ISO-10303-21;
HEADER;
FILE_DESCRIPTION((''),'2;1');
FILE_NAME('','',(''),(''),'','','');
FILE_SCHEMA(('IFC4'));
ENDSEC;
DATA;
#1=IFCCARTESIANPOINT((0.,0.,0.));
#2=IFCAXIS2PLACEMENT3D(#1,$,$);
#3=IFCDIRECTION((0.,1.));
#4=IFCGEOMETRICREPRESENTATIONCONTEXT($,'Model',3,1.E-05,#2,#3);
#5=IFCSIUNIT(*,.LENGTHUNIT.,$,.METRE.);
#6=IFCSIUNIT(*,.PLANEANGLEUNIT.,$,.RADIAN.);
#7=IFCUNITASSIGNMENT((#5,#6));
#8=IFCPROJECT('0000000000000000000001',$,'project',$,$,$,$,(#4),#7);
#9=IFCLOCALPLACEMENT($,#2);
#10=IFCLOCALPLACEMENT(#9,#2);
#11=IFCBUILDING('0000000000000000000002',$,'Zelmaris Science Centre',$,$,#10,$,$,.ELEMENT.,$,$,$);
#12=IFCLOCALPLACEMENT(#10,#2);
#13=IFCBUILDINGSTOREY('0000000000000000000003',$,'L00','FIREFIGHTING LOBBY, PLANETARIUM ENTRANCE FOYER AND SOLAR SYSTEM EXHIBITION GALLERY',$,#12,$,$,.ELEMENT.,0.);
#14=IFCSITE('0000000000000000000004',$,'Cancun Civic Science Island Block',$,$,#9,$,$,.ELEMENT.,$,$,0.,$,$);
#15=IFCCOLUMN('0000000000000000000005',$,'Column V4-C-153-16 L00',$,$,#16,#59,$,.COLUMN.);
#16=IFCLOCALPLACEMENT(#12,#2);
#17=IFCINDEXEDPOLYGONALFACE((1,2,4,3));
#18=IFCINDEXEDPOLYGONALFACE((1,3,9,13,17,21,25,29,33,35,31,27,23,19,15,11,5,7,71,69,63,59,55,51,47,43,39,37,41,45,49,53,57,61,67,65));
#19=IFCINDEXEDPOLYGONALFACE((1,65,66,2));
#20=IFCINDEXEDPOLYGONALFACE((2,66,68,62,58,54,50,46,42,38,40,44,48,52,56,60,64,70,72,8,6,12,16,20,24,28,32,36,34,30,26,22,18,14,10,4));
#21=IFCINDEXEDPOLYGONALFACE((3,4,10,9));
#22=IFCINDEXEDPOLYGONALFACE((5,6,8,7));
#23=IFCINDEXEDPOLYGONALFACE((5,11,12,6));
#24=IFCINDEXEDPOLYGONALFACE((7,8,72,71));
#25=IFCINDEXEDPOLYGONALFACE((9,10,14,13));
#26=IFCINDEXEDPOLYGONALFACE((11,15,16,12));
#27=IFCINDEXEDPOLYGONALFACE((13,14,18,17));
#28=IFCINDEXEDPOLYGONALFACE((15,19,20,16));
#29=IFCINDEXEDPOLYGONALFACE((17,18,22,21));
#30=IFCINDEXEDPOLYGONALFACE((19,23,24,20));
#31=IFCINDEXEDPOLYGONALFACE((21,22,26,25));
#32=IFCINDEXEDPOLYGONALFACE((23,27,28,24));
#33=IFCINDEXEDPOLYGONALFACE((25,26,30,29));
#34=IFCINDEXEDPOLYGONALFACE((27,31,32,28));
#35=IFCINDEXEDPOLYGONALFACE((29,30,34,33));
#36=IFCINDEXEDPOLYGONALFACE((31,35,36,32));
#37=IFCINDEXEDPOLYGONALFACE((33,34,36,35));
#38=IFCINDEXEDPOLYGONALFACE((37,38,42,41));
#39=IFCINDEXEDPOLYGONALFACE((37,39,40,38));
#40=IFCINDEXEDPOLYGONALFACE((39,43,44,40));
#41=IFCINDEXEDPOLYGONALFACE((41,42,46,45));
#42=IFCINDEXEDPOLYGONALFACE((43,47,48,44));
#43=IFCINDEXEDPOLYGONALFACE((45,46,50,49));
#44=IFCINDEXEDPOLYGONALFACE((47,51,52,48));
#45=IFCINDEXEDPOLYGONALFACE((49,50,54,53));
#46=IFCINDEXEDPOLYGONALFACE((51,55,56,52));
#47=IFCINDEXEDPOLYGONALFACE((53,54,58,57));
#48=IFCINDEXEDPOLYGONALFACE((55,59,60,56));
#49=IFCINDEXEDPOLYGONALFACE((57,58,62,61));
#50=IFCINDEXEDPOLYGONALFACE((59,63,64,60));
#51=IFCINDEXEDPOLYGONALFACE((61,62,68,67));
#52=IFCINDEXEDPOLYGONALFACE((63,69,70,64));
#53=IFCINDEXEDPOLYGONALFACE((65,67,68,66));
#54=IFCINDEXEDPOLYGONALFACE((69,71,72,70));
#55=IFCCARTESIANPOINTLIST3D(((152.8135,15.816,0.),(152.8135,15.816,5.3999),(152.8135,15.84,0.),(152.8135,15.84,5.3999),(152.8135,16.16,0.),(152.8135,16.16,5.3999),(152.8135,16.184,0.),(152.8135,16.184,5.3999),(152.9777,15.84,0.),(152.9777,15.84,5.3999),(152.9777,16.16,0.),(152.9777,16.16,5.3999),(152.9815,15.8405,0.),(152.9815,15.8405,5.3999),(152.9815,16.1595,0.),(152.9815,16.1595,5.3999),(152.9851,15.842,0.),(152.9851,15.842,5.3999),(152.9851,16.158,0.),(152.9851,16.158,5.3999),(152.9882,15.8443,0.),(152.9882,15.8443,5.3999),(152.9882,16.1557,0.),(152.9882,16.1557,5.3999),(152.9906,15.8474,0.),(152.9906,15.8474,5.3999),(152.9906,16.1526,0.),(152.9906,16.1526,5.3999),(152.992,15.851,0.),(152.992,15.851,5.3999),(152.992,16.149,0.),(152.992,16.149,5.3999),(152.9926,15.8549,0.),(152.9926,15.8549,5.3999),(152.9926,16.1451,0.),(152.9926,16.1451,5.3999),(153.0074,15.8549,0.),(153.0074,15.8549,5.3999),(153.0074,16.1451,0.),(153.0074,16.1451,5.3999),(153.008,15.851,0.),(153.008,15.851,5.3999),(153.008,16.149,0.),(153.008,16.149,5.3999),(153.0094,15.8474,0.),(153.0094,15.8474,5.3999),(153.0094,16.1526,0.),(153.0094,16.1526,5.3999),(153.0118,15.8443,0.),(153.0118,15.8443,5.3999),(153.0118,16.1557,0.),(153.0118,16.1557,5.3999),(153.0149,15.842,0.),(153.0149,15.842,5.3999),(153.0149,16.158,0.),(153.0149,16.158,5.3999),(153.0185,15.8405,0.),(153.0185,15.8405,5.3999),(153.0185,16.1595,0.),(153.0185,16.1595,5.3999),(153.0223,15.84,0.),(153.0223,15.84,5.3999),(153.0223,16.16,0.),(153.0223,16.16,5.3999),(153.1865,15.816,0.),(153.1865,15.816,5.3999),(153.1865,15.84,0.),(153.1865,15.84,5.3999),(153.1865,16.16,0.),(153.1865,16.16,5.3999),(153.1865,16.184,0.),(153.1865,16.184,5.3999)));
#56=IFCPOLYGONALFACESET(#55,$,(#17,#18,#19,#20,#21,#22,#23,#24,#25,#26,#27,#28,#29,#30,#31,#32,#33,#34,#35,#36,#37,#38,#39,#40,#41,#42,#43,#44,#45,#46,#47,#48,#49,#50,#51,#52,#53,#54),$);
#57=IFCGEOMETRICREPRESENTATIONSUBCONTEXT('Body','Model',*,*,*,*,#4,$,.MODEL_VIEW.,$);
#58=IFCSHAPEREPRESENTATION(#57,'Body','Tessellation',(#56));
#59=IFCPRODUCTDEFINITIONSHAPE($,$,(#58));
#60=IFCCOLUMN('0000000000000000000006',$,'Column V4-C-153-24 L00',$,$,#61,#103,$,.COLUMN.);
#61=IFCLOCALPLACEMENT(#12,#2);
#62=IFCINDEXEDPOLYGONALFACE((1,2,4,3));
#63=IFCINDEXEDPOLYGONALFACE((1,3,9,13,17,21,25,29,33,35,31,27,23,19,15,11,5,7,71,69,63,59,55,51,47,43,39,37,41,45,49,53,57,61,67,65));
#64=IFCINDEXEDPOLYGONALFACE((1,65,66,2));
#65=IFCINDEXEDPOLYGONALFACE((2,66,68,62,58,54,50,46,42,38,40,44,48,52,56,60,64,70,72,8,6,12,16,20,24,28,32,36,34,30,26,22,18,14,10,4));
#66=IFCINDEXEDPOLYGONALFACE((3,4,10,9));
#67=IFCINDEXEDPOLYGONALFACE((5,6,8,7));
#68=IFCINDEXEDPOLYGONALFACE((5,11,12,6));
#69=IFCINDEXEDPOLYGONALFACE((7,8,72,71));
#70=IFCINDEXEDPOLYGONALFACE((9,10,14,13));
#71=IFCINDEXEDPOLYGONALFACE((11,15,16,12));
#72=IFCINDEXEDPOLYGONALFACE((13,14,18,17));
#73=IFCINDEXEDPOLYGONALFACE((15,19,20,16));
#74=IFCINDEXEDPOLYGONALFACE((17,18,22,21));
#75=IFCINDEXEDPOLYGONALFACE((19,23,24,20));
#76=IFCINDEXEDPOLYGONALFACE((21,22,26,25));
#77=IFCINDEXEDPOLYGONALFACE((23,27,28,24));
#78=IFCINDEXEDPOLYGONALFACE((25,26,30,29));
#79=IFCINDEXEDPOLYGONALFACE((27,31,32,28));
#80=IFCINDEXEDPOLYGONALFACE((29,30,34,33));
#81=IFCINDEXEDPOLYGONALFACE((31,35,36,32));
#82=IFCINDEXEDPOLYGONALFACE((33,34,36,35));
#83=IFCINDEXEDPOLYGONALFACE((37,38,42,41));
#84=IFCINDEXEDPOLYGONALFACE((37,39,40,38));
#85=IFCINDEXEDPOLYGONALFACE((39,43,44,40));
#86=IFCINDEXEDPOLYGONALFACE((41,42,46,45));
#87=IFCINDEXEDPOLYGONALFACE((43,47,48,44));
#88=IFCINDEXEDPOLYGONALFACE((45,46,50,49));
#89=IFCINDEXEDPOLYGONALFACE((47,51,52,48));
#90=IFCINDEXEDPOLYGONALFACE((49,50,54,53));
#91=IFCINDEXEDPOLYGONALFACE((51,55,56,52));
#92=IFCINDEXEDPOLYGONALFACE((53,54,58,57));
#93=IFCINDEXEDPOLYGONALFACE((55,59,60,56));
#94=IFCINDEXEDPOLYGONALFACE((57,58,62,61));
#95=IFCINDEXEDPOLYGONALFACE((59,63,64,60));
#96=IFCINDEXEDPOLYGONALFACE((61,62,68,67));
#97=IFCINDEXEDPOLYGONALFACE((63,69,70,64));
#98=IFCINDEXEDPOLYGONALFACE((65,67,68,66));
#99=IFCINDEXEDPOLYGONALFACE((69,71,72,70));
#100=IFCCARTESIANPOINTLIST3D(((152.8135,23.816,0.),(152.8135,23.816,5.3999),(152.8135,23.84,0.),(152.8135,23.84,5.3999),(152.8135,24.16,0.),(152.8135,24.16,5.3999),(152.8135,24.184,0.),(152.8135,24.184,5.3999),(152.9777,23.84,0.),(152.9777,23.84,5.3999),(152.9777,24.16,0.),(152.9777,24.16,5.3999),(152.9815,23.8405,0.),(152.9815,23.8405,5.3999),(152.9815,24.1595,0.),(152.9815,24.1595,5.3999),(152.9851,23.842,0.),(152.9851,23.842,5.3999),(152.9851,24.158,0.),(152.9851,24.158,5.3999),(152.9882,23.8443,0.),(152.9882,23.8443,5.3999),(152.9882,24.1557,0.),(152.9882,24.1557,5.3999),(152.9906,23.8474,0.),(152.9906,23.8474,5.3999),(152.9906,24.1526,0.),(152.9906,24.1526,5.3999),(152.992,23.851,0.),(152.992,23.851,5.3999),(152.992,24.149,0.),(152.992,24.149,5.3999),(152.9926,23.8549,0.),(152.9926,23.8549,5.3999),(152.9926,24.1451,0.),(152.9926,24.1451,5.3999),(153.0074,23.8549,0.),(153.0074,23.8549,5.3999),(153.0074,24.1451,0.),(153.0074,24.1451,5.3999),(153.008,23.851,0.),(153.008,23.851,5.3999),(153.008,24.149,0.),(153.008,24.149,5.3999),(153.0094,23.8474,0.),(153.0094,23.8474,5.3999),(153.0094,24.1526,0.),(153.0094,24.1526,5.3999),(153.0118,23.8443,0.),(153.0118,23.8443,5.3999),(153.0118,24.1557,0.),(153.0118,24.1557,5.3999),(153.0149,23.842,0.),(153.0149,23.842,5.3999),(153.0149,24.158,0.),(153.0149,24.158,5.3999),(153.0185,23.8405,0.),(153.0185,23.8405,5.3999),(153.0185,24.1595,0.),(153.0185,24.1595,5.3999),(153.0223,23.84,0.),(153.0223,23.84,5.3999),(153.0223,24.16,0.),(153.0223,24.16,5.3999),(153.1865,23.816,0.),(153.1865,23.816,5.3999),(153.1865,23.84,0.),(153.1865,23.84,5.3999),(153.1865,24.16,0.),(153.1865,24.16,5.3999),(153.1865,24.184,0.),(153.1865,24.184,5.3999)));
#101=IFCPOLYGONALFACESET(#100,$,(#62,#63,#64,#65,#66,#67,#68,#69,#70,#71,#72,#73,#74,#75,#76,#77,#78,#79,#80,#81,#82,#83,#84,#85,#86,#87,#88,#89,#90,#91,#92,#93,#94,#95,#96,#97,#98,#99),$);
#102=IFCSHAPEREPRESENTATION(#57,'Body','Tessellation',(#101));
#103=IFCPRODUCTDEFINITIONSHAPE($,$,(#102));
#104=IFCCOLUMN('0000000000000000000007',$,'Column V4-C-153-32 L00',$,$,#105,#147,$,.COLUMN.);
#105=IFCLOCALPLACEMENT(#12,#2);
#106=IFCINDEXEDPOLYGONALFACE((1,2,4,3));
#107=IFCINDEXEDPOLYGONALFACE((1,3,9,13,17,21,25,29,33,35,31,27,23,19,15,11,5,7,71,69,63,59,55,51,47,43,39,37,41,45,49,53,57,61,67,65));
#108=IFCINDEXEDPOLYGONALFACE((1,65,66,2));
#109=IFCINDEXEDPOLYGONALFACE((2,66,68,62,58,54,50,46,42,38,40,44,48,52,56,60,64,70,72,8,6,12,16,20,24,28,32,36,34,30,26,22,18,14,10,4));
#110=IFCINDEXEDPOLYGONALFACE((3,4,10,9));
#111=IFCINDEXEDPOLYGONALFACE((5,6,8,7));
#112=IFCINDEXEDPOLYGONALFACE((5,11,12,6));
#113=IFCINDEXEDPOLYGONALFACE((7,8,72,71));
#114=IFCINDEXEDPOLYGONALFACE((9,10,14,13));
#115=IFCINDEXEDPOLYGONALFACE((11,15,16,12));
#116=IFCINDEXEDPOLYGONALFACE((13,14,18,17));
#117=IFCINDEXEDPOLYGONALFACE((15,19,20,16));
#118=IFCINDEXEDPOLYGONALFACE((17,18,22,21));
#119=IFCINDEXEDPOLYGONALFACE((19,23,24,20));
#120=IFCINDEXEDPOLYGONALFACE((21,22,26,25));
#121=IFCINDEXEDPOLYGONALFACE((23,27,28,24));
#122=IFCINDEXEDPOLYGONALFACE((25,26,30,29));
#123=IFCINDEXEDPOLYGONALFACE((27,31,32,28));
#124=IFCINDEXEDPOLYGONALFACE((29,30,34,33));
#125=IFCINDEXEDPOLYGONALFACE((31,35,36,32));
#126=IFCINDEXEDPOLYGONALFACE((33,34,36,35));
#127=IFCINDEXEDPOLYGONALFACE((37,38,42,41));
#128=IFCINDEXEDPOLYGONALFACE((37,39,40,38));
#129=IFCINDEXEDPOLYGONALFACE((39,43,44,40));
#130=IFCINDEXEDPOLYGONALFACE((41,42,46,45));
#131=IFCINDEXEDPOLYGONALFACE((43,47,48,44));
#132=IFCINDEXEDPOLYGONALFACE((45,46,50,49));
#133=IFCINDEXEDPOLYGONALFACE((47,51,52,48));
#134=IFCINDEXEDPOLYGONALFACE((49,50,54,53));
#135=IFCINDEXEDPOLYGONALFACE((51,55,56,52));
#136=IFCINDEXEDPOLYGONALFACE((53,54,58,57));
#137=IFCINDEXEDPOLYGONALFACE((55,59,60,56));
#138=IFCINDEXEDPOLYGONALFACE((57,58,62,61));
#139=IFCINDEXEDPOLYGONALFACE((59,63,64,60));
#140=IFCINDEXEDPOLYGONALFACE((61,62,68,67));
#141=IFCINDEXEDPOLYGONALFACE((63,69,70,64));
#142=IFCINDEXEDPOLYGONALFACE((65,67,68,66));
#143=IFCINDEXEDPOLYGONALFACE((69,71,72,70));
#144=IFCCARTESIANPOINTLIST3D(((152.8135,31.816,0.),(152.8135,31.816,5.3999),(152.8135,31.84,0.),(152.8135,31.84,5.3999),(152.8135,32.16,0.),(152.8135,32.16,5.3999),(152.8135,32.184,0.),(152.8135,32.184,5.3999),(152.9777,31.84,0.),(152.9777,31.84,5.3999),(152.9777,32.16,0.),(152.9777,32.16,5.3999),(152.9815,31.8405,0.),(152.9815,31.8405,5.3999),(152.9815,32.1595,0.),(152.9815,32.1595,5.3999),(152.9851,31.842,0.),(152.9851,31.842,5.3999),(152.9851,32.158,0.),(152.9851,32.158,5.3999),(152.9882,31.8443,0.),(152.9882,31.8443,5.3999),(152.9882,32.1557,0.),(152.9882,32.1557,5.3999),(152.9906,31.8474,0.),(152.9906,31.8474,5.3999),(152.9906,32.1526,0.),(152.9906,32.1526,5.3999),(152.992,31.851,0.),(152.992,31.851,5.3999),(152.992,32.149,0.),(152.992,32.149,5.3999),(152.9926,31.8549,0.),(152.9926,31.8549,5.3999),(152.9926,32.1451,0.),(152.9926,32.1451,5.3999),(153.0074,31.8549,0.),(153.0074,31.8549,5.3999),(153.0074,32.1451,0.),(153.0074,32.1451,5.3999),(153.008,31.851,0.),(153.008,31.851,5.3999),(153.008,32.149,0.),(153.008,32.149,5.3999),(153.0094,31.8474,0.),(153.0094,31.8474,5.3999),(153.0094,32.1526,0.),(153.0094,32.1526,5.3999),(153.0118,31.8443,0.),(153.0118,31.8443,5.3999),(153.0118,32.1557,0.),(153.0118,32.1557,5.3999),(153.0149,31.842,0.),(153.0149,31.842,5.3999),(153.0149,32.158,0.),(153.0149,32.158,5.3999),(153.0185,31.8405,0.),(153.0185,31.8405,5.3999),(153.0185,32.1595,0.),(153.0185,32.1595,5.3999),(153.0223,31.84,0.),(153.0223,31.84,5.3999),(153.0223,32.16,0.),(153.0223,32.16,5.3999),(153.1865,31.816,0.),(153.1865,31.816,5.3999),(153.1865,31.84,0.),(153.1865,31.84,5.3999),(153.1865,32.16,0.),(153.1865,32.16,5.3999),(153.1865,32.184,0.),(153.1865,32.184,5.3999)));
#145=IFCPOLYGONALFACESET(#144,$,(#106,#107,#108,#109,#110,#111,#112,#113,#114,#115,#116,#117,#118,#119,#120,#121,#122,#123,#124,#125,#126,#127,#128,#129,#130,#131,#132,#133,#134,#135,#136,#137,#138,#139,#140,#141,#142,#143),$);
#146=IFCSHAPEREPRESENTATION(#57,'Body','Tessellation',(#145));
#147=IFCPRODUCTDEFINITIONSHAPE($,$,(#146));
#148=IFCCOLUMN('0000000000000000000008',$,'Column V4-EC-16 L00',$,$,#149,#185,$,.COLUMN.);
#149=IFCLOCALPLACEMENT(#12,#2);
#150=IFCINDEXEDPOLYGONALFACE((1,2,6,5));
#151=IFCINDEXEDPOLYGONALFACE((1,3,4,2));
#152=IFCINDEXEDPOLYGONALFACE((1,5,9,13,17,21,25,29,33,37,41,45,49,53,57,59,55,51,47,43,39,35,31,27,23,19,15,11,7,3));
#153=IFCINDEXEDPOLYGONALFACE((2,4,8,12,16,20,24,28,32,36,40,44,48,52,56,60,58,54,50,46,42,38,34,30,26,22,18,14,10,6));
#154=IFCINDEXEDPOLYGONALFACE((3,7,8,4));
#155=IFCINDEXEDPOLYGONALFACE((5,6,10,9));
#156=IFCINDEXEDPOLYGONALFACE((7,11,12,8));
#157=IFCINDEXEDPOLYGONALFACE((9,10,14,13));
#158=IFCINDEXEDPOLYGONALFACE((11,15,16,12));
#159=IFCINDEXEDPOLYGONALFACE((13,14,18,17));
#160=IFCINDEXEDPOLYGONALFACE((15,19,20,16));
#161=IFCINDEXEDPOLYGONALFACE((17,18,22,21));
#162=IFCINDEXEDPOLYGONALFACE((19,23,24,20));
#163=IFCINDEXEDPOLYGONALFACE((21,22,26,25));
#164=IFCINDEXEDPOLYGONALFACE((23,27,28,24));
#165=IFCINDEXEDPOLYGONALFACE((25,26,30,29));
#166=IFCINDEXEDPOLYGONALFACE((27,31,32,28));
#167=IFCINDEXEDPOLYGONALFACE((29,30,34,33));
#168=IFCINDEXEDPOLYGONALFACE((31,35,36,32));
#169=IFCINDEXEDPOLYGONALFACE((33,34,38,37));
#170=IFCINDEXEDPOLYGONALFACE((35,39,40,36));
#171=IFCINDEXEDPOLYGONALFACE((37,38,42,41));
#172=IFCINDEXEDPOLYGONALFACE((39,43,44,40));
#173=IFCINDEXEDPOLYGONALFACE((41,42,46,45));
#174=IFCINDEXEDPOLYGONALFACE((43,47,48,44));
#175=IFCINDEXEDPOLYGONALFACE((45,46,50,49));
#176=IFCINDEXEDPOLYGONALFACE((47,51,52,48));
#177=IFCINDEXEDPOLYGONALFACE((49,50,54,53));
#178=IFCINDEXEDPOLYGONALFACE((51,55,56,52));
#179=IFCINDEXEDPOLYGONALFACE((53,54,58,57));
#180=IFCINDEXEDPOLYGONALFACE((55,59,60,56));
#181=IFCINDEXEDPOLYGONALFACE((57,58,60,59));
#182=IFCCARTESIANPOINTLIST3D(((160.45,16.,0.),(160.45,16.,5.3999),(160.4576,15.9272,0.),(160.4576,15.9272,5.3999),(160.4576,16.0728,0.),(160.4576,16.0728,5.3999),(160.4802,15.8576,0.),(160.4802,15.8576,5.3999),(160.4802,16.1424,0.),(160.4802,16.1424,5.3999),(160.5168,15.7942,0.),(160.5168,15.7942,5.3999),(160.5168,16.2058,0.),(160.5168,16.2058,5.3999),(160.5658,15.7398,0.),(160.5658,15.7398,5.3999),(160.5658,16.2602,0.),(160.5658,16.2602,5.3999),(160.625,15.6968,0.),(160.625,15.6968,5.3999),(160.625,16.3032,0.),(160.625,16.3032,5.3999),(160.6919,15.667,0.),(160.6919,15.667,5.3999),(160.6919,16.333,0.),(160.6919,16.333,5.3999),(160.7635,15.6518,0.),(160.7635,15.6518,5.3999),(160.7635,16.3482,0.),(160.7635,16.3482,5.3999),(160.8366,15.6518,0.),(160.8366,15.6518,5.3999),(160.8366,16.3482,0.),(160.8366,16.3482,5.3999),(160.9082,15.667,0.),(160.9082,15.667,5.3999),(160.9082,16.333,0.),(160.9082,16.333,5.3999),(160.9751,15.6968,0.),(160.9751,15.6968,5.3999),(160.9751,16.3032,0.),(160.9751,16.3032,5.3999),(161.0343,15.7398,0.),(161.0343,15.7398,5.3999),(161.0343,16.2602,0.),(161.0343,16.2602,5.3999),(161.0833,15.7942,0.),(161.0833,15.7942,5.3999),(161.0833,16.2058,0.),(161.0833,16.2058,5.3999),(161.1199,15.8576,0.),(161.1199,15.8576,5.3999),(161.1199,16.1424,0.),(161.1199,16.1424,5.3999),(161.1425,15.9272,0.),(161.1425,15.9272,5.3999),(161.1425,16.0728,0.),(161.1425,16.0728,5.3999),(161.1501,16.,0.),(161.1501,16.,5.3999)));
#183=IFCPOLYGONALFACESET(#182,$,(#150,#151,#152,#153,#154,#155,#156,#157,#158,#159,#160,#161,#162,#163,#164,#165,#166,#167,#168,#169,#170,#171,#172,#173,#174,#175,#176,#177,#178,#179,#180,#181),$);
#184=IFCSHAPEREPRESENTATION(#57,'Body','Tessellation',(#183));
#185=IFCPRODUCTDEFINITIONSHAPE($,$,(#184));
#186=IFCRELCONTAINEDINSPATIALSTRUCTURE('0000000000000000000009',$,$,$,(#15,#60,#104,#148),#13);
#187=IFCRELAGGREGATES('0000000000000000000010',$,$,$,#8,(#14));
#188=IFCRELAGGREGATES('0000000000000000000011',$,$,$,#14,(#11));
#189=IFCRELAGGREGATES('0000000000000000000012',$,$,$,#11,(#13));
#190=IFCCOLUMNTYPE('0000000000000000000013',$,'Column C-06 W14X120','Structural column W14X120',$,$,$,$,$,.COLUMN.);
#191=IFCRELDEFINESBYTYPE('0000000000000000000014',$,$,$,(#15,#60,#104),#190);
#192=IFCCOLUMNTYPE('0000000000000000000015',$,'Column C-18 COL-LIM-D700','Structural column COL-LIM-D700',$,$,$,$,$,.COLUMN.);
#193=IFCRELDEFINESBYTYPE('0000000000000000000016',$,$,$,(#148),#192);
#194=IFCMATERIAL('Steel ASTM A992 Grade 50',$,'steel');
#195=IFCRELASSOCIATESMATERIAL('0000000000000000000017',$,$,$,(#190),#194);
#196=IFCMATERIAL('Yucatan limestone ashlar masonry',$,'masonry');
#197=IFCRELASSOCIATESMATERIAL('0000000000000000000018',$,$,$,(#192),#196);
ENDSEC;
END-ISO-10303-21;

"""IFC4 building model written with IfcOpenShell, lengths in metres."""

from ifc_helpers import new_model, si_unit, direction, frame, origin, origin_2d, place, context, subcontext, project, spatial, circle, i_section, extrude, material, material_profile, profile_set, type_object, element, save


model = new_model("IFC4")

# Units and contexts
model_context = context("Model", 3, precision=1e-05, world=origin(), true_north=direction((0.0, 1.0)))
body_context = subcontext(model_context, "Body", "Model", "MODEL_VIEW")
ifc_project = project(units=[si_unit("LENGTHUNIT", "METRE"), si_unit("PLANEANGLEUNIT", "RADIAN")], contexts=[model_context])

# Site, building, storey
site_placement = place(None, origin())
site = spatial("IfcSite", under=ifc_project, at=site_placement, Name="Cancun Civic Science Island Block", CompositionType="ELEMENT", RefElevation=0.0)
building_placement = place(site_placement, origin())
building = spatial("IfcBuilding", under=site, at=building_placement, Name="Zelmaris Science Centre", CompositionType="ELEMENT")
storey_placement = place(building_placement, origin())
storey = spatial("IfcBuildingStorey", under=building, at=storey_placement, Name="L00", Description="FIREFIGHTING LOBBY, PLANETARIUM ENTRANCE FOYER AND SOLAR SYSTEM EXHIBITION GALLERY", CompositionType="ELEMENT", Elevation=0.0)

# Columns
ifc_material_1 = material(Name="Steel ASTM A992 Grade 50", Category="steel")
ifc_material_profile_1 = material_profile(ifc_material_1, i_section(OverallWidth=0.373, OverallDepth=0.3679, WebThickness=0.0149, FlangeThickness=0.0239, FilletRadius=0.0149, at=origin_2d()), Name="W14X120")
ifc_profile_set_1 = profile_set([ifc_material_profile_1], Name="Steel ASTM A992 Grade 50")
column_type_1 = type_object("IfcColumnType", Name="Column C-06 W14X120", Description="Structural column W14X120", PredefinedType="COLUMN", material=ifc_profile_set_1)
for number, where, z_axis, x_axis, name in (
    (1, (153.0, 16.0, 0.0), (0.0, 0.0, 1.0), (1.0, 0.0, 0.0), "Column V4-C-153-16 L00"),
    (2, (153.0, 24.0, 0.0), (0.0, 0.0, 1.0), (1.0, 0.0, 0.0), "Column V4-C-153-24 L00"),
    (3, (153.0, 32.0, 0.0), (0.0, 0.0, 1.0), (1.0, 0.0, 0.0), "Column V4-C-153-32 L00"),
):
    element("IfcColumn", number, at=place(storey_placement, frame(where, z_axis=z_axis, x_axis=x_axis)), inside=storey, type_object=column_type_1, Name=name, PredefinedType="COLUMN", context=body_context, shape_type="SweptSolid", body=[
        extrude(i_section(OverallWidth=0.373, OverallDepth=0.3679, WebThickness=0.0149, FlangeThickness=0.0239, FilletRadius=0.0149, at=origin_2d()), origin(), (0.0, 0.0, 1.0), 5.3999),
    ])
ifc_material_2 = material(Name="Yucatan limestone ashlar masonry", Category="masonry")
ifc_material_profile_2 = material_profile(ifc_material_2, circle(Radius=0.3501, at=origin_2d()), Name="COL-LIM-D700")
ifc_profile_set_2 = profile_set([ifc_material_profile_2], Name="Yucatan limestone ashlar masonry")
column_type_2 = type_object("IfcColumnType", Name="Column C-18 COL-LIM-D700", Description="Structural column COL-LIM-D700", PredefinedType="COLUMN", material=ifc_profile_set_2)
for number, where, z_axis, x_axis, name in (
    (4, (160.8, 16.0, 0.0), (0.0, 0.0, 1.0), (1.0, 0.0, 0.0), "Column V4-EC-16 L00"),
):
    element("IfcColumn", number, at=place(storey_placement, frame(where, z_axis=z_axis, x_axis=x_axis)), inside=storey, type_object=column_type_2, Name=name, PredefinedType="COLUMN", context=body_context, shape_type="SweptSolid", body=[
        extrude(circle(Radius=0.3501, at=origin_2d()), origin(), (0.0, 0.0, 1.0), 5.3999),
    ])

save(model, "model.ifc")
